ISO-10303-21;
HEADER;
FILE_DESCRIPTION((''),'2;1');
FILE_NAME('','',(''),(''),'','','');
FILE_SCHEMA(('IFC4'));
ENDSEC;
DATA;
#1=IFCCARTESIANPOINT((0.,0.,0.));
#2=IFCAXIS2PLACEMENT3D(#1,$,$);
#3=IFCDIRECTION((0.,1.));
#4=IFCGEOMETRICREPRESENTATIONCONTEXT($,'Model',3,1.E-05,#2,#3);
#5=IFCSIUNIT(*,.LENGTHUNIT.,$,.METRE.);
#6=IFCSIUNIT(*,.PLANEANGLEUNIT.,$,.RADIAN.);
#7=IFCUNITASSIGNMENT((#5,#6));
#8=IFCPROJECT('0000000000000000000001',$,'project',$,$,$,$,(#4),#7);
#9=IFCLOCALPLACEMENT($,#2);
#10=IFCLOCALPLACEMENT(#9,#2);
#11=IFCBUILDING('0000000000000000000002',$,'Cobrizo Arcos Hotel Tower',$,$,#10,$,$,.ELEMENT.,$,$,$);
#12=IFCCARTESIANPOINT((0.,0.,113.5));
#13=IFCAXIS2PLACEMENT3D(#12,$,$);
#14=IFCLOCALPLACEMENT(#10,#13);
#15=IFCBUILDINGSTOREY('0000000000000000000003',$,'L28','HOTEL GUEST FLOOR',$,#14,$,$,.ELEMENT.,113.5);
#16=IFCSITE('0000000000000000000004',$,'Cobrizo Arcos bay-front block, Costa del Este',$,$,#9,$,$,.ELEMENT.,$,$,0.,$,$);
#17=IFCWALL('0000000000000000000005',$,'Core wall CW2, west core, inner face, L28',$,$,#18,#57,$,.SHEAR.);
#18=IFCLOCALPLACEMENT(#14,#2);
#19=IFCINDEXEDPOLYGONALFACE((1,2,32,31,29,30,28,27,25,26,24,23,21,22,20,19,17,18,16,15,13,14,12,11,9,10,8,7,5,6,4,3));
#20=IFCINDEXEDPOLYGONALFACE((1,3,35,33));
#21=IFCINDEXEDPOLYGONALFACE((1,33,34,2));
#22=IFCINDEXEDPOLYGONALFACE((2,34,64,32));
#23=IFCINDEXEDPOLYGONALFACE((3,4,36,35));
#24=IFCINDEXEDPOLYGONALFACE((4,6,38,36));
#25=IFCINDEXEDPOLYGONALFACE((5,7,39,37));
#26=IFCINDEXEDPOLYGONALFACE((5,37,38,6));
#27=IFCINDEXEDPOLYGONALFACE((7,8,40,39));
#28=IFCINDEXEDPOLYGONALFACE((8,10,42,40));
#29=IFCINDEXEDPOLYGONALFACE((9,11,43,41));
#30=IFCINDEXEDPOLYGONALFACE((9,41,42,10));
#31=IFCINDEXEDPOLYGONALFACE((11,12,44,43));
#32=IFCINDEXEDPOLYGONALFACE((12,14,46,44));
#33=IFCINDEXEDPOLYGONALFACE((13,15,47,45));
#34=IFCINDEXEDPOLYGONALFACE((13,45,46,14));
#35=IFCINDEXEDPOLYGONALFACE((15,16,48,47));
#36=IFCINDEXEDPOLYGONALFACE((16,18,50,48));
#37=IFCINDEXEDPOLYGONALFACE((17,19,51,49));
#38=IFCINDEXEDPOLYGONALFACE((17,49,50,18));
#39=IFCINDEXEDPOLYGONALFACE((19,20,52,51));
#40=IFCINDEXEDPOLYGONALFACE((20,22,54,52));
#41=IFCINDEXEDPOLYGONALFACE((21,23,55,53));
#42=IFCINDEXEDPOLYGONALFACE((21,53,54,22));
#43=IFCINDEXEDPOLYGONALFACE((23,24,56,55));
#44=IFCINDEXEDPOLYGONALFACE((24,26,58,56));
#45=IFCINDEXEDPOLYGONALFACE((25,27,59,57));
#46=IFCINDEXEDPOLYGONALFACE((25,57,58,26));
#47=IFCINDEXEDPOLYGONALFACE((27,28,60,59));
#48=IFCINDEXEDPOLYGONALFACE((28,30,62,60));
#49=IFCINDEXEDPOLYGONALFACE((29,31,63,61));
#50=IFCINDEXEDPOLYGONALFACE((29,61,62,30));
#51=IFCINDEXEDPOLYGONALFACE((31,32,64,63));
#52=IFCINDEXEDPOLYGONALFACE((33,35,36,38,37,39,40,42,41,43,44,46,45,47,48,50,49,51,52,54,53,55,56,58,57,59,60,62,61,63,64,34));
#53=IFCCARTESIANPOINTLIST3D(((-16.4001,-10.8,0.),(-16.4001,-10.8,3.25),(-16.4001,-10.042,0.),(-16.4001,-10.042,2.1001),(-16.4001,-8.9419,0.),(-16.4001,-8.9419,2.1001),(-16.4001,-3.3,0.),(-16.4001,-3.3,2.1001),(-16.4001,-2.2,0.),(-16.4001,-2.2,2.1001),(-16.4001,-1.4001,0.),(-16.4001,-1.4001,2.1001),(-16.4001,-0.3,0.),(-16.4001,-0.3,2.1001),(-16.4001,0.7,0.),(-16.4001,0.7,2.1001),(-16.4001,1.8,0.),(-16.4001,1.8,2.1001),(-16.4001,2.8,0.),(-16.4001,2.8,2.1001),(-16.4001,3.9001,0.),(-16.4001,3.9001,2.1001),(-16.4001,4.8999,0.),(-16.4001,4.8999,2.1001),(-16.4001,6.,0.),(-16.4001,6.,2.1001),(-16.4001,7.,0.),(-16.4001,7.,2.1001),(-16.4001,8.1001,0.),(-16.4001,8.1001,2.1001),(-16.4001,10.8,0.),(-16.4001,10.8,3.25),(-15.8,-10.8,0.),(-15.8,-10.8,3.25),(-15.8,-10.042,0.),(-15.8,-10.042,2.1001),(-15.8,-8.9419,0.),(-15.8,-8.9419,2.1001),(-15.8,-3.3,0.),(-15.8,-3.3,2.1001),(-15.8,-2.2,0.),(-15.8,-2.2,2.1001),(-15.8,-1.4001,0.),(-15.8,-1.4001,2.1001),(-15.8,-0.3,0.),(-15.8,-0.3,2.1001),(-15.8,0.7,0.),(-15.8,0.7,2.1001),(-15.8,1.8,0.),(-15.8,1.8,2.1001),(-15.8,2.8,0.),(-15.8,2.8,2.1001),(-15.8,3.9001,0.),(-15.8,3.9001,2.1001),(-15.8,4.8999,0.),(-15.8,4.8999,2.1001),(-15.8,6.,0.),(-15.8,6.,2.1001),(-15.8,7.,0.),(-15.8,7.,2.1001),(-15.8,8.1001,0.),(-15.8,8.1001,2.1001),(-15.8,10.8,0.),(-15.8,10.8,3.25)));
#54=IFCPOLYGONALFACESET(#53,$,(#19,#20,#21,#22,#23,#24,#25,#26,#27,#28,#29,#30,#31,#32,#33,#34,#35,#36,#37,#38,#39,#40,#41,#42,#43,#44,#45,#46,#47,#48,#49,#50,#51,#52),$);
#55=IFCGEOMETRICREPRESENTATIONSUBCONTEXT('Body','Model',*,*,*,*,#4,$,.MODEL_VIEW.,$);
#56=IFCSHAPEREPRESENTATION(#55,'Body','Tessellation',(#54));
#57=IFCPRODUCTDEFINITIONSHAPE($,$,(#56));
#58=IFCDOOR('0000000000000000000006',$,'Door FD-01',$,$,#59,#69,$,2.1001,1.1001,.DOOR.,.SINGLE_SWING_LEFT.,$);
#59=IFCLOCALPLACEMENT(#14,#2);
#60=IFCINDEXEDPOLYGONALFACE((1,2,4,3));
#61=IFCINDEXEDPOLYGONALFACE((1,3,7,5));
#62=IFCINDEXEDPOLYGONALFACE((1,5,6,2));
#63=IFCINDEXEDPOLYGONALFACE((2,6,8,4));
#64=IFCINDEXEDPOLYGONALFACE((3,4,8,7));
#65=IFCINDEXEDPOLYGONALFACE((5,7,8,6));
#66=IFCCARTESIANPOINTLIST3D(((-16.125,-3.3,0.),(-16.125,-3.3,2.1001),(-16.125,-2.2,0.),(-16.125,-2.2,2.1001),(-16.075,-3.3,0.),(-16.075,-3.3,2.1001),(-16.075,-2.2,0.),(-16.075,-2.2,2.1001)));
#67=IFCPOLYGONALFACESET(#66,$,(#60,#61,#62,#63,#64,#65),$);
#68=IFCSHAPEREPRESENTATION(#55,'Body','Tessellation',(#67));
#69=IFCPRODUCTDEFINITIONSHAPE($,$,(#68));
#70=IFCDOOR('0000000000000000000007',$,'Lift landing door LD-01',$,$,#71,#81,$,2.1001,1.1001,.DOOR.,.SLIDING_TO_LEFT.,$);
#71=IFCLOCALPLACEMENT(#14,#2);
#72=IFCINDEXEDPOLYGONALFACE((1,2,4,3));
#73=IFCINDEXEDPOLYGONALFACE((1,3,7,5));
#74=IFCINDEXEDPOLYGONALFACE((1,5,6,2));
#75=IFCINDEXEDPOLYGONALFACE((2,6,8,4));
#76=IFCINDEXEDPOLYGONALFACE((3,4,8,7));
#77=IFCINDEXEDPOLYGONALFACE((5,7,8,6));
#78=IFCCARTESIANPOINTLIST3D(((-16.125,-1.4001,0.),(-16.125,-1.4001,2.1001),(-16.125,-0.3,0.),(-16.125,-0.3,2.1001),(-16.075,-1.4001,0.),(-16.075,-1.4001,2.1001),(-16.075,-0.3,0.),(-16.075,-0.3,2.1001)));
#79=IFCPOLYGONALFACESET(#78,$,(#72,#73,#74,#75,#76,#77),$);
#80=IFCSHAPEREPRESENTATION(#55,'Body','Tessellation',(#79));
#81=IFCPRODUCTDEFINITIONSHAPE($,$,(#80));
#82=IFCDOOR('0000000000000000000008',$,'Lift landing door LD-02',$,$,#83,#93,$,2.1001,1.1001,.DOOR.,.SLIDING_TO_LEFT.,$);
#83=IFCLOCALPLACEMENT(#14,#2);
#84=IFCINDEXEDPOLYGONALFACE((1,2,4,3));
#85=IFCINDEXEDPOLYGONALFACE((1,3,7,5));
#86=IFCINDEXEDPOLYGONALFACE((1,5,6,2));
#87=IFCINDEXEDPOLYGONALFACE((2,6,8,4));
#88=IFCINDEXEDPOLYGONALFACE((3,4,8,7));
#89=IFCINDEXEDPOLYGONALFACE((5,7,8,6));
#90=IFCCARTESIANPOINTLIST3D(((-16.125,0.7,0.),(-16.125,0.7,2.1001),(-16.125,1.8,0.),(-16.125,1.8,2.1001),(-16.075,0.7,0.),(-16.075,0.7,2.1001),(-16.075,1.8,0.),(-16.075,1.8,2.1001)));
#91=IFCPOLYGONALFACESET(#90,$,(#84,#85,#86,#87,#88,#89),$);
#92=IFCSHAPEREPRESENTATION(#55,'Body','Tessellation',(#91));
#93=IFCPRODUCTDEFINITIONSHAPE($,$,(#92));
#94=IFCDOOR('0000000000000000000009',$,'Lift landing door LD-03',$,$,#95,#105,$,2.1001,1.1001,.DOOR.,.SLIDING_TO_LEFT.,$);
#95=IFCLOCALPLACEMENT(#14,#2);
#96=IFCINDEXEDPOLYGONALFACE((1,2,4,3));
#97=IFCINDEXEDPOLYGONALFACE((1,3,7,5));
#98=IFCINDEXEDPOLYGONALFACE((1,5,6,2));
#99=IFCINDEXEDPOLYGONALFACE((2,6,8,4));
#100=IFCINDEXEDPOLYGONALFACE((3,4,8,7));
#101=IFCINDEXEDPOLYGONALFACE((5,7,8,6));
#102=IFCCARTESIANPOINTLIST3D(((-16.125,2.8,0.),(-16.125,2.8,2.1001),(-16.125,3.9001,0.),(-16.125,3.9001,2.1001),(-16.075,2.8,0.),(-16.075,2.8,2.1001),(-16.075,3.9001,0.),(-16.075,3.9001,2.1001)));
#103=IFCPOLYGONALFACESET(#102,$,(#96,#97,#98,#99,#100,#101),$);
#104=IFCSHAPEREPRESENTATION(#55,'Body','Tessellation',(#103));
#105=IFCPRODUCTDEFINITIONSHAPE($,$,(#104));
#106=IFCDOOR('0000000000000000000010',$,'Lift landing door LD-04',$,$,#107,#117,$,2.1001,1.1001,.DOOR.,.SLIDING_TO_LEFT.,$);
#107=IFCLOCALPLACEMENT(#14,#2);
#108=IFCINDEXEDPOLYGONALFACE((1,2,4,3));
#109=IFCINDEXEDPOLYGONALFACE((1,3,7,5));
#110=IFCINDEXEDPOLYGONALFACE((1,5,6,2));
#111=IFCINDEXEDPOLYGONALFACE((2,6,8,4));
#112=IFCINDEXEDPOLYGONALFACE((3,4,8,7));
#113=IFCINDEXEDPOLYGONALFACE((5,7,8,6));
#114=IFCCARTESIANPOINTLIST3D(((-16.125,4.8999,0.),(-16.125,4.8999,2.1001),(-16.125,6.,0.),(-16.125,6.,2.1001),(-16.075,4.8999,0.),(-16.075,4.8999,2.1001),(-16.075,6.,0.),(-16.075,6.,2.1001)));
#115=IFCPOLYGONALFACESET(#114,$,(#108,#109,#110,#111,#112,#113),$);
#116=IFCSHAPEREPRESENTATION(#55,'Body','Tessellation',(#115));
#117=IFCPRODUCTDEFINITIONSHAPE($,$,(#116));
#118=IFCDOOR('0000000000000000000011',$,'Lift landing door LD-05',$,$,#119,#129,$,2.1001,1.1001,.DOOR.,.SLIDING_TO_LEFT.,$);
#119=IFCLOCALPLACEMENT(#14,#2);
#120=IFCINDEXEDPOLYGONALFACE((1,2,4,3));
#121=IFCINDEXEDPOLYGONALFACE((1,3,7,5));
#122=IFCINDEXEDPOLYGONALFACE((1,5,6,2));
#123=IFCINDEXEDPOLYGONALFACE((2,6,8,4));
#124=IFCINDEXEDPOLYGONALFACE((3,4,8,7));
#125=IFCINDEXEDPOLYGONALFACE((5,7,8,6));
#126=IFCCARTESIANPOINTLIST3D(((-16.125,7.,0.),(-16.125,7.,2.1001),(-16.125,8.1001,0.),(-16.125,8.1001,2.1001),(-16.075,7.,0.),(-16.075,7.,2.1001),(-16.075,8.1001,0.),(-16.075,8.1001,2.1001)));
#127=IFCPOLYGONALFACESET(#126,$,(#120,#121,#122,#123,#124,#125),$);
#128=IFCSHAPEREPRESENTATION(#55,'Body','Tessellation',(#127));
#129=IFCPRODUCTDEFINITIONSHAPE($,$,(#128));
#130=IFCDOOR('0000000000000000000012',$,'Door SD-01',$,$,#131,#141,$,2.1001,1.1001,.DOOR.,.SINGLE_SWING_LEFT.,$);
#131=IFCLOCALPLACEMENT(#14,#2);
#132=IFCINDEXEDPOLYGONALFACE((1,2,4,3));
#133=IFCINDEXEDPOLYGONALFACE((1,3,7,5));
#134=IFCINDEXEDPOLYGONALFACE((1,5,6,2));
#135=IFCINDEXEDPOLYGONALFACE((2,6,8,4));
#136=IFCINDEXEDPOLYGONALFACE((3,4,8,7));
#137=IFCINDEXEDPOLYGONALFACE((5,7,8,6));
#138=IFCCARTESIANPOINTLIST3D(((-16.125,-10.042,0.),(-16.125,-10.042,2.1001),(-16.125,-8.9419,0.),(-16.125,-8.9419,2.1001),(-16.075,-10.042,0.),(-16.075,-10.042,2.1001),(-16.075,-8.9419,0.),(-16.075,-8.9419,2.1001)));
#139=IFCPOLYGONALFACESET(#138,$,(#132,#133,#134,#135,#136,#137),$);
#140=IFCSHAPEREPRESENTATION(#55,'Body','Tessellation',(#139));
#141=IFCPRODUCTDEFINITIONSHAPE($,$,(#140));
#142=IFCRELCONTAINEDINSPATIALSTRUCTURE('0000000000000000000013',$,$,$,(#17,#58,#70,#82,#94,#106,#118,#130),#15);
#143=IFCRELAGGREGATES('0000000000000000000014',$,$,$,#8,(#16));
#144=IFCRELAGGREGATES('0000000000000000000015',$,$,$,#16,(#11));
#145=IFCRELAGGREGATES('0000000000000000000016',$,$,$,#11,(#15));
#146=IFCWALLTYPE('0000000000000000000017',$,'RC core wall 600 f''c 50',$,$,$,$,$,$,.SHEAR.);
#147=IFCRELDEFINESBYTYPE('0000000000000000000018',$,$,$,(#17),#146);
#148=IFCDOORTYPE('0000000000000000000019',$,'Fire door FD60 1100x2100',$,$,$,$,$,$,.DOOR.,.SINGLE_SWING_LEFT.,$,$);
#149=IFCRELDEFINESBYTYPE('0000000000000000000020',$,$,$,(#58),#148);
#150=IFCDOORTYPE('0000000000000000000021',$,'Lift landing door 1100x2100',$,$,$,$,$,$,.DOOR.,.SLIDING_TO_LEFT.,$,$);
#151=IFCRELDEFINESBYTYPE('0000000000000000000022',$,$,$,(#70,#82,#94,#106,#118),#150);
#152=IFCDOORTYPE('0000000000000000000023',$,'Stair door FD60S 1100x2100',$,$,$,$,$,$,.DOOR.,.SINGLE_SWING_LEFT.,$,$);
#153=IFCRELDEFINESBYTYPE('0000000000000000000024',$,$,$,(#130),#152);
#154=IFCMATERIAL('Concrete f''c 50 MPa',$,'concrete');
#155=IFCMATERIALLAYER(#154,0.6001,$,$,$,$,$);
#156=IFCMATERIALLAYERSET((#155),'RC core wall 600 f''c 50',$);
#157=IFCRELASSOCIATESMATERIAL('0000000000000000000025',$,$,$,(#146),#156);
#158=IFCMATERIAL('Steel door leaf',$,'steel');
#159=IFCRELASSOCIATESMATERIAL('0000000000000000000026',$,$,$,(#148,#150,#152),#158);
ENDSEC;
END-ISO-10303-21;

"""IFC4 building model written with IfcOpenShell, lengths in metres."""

from ifc_helpers import new_model, si_unit, direction, frame, frame_2d, origin, place, context, subcontext, project, spatial, rectangle, extrude, material, layer, layer_set, type_object, element, fill, save


model = new_model("IFC4")

# Units and contexts
model_context = context("Model", 3, precision=1e-05, world=origin(), true_north=direction((0.0, 1.0)))
body_context = subcontext(model_context, "Body", "Model", "MODEL_VIEW")
ifc_project = project(units=[si_unit("LENGTHUNIT", "METRE"), si_unit("PLANEANGLEUNIT", "RADIAN")], contexts=[model_context])

# Site, building, storey
site_placement = place(None, origin())
site = spatial("IfcSite", under=ifc_project, at=site_placement, Name="Cobrizo Arcos bay-front block, Costa del Este", CompositionType="ELEMENT", RefElevation=0.0)
building_placement = place(site_placement, origin())
building = spatial("IfcBuilding", under=site, at=building_placement, Name="Cobrizo Arcos Hotel Tower", CompositionType="ELEMENT")
storey_placement = place(building_placement, frame((0.0, 0.0, 113.5)))
storey = spatial("IfcBuildingStorey", under=building, at=storey_placement, Name="L28", Description="HOTEL GUEST FLOOR", CompositionType="ELEMENT", Elevation=113.5)

# Wall, openings, doors
ifc_material_1 = material(Name="Concrete f'c 50 MPa", Category="concrete")
ifc_layer_1 = layer(ifc_material_1, 0.6001)
ifc_layer_set_1 = layer_set([ifc_layer_1], Name="RC core wall 600 f'c 50")
wall_type_1 = type_object("IfcWallType", Name="RC core wall 600 f'c 50", PredefinedType="SHEAR", material=ifc_layer_set_1)
wall_1_placement = place(storey_placement, frame((-16.1001, -10.8, 0.0), z_axis=(0.0, 0.0, 1.0), x_axis=(0.0, 1.0, 0.0)))
wall_1 = element("IfcWall", 1, at=wall_1_placement, inside=storey, type_object=wall_type_1, Name="Core wall CW2, west core, inner face, L28", PredefinedType="SHEAR", context=body_context, shape_type="SweptSolid", body=[
    extrude(rectangle(XDim=21.6001, YDim=0.6001, at=frame_2d((10.8, 0.0))), origin(), (0.0, 0.0, 1.0), 3.25),
])
opening_1_placement = place(wall_1_placement, frame((9.3999, 0.0, 0.0)))
opening_1 = element("IfcOpeningElement", 2, at=opening_1_placement, cuts=wall_1, PredefinedType="OPENING", context=body_context, shape_type="SweptSolid", body=[
    extrude(rectangle(XDim=1.1001, YDim=2.1001, at=frame_2d((0.55, 1.05))), frame((0.0, 0.312, 0.0), z_axis=(0.0, -1.0, 0.0), x_axis=(1.0, 0.0, 0.0)), (0.0, 0.0, 1.0), 0.624),
])
opening_2_placement = place(wall_1_placement, frame((11.5, 0.0, 0.0)))
opening_2 = element("IfcOpeningElement", 3, at=opening_2_placement, cuts=wall_1, PredefinedType="OPENING", context=body_context, shape_type="SweptSolid", body=[
    extrude(rectangle(XDim=1.1001, YDim=2.1001, at=frame_2d((0.55, 1.05))), frame((0.0, 0.312, 0.0), z_axis=(0.0, -1.0, 0.0), x_axis=(1.0, 0.0, 0.0)), (0.0, 0.0, 1.0), 0.624),
])
opening_3_placement = place(wall_1_placement, frame((13.6001, 0.0, 0.0)))
opening_3 = element("IfcOpeningElement", 4, at=opening_3_placement, cuts=wall_1, PredefinedType="OPENING", context=body_context, shape_type="SweptSolid", body=[
    extrude(rectangle(XDim=1.1001, YDim=2.1001, at=frame_2d((0.55, 1.05))), frame((0.0, 0.312, 0.0), z_axis=(0.0, -1.0, 0.0), x_axis=(1.0, 0.0, 0.0)), (0.0, 0.0, 1.0), 0.624),
])
opening_4_placement = place(wall_1_placement, frame((15.7, 0.0, 0.0)))
opening_4 = element("IfcOpeningElement", 5, at=opening_4_placement, cuts=wall_1, PredefinedType="OPENING", context=body_context, shape_type="SweptSolid", body=[
    extrude(rectangle(XDim=1.1001, YDim=2.1001, at=frame_2d((0.55, 1.05))), frame((0.0, 0.312, 0.0), z_axis=(0.0, -1.0, 0.0), x_axis=(1.0, 0.0, 0.0)), (0.0, 0.0, 1.0), 0.624),
])
opening_5_placement = place(wall_1_placement, frame((17.8, 0.0, 0.0)))
opening_5 = element("IfcOpeningElement", 6, at=opening_5_placement, cuts=wall_1, PredefinedType="OPENING", context=body_context, shape_type="SweptSolid", body=[
    extrude(rectangle(XDim=1.1001, YDim=2.1001, at=frame_2d((0.55, 1.05))), frame((0.0, 0.312, 0.0), z_axis=(0.0, -1.0, 0.0), x_axis=(1.0, 0.0, 0.0)), (0.0, 0.0, 1.0), 0.624),
])
opening_6_placement = place(wall_1_placement, frame((0.7581, 0.0, 0.0)))
opening_6 = element("IfcOpeningElement", 7, at=opening_6_placement, cuts=wall_1, PredefinedType="OPENING", context=body_context, shape_type="SweptSolid", body=[
    extrude(rectangle(XDim=1.1001, YDim=2.1001, at=frame_2d((0.55, 1.05))), frame((0.0, 0.312, 0.0), z_axis=(0.0, -1.0, 0.0), x_axis=(1.0, 0.0, 0.0)), (0.0, 0.0, 1.0), 0.624),
])
opening_7_placement = place(wall_1_placement, frame((7.5, 0.0, 0.0)))
opening_7 = element("IfcOpeningElement", 8, at=opening_7_placement, cuts=wall_1, PredefinedType="OPENING", context=body_context, shape_type="SweptSolid", body=[
    extrude(rectangle(XDim=1.1001, YDim=2.1001, at=frame_2d((0.55, 1.05))), frame((0.0, 0.312, 0.0), z_axis=(0.0, -1.0, 0.0), x_axis=(1.0, 0.0, 0.0)), (0.0, 0.0, 1.0), 0.624),
])
ifc_material_2 = material(Name="Steel door leaf", Category="steel")
door_type_1 = type_object("IfcDoorType", Name="Fire door FD60 1100x2100", OperationType="SINGLE_SWING_LEFT", PredefinedType="DOOR", material=ifc_material_2)
door_1_placement = place(opening_7_placement, origin())
door_1 = element("IfcDoor", 9, at=door_1_placement, inside=storey, type_object=door_type_1, Name="Door FD-01", OperationType="SINGLE_SWING_LEFT", OverallHeight=2.1001, OverallWidth=1.1001, PredefinedType="DOOR", context=body_context, shape_type="SweptSolid", body=[
    extrude(rectangle(XDim=1.1001, YDim=2.1001, at=frame_2d((0.55, 1.05))), frame((0.0, 0.0249, 0.0), z_axis=(0.0, -1.0, 0.0), x_axis=(1.0, 0.0, 0.0)), (0.0, 0.0, 1.0), 0.05),
])
fill(opening_7, door_1)
door_type_2 = type_object("IfcDoorType", Name="Lift landing door 1100x2100", OperationType="SLIDING_TO_LEFT", PredefinedType="DOOR", material=ifc_material_2)
door_2_placement = place(opening_1_placement, origin())
door_2 = element("IfcDoor", 10, at=door_2_placement, inside=storey, type_object=door_type_2, Name="Lift landing door LD-01", OperationType="SLIDING_TO_LEFT", OverallHeight=2.1001, OverallWidth=1.1001, PredefinedType="DOOR", context=body_context, shape_type="SweptSolid", body=[
    extrude(rectangle(XDim=1.1001, YDim=2.1001, at=frame_2d((0.55, 1.05))), frame((0.0, 0.0249, 0.0), z_axis=(0.0, -1.0, 0.0), x_axis=(1.0, 0.0, 0.0)), (0.0, 0.0, 1.0), 0.05),
])
fill(opening_1, door_2)
door_3_placement = place(opening_2_placement, origin())
door_3 = element("IfcDoor", 11, at=door_3_placement, inside=storey, type_object=door_type_2, Name="Lift landing door LD-02", OperationType="SLIDING_TO_LEFT", OverallHeight=2.1001, OverallWidth=1.1001, PredefinedType="DOOR", context=body_context, shape_type="SweptSolid", body=[
    extrude(rectangle(XDim=1.1001, YDim=2.1001, at=frame_2d((0.55, 1.05))), frame((0.0, 0.0249, 0.0), z_axis=(0.0, -1.0, 0.0), x_axis=(1.0, 0.0, 0.0)), (0.0, 0.0, 1.0), 0.05),
])
fill(opening_2, door_3)
door_4_placement = place(opening_3_placement, origin())
door_4 = element("IfcDoor", 12, at=door_4_placement, inside=storey, type_object=door_type_2, Name="Lift landing door LD-03", OperationType="SLIDING_TO_LEFT", OverallHeight=2.1001, OverallWidth=1.1001, PredefinedType="DOOR", context=body_context, shape_type="SweptSolid", body=[
    extrude(rectangle(XDim=1.1001, YDim=2.1001, at=frame_2d((0.55, 1.05))), frame((0.0, 0.0249, 0.0), z_axis=(0.0, -1.0, 0.0), x_axis=(1.0, 0.0, 0.0)), (0.0, 0.0, 1.0), 0.05),
])
fill(opening_3, door_4)
door_5_placement = place(opening_4_placement, origin())
door_5 = element("IfcDoor", 13, at=door_5_placement, inside=storey, type_object=door_type_2, Name="Lift landing door LD-04", OperationType="SLIDING_TO_LEFT", OverallHeight=2.1001, OverallWidth=1.1001, PredefinedType="DOOR", context=body_context, shape_type="SweptSolid", body=[
    extrude(rectangle(XDim=1.1001, YDim=2.1001, at=frame_2d((0.55, 1.05))), frame((0.0, 0.0249, 0.0), z_axis=(0.0, -1.0, 0.0), x_axis=(1.0, 0.0, 0.0)), (0.0, 0.0, 1.0), 0.05),
])
fill(opening_4, door_5)
door_6_placement = place(opening_5_placement, origin())
door_6 = element("IfcDoor", 14, at=door_6_placement, inside=storey, type_object=door_type_2, Name="Lift landing door LD-05", OperationType="SLIDING_TO_LEFT", OverallHeight=2.1001, OverallWidth=1.1001, PredefinedType="DOOR", context=body_context, shape_type="SweptSolid", body=[
    extrude(rectangle(XDim=1.1001, YDim=2.1001, at=frame_2d((0.55, 1.05))), frame((0.0, 0.0249, 0.0), z_axis=(0.0, -1.0, 0.0), x_axis=(1.0, 0.0, 0.0)), (0.0, 0.0, 1.0), 0.05),
])
fill(opening_5, door_6)
door_type_3 = type_object("IfcDoorType", Name="Stair door FD60S 1100x2100", OperationType="SINGLE_SWING_LEFT", PredefinedType="DOOR", material=ifc_material_2)
door_7_placement = place(opening_6_placement, origin())
door_7 = element("IfcDoor", 15, at=door_7_placement, inside=storey, type_object=door_type_3, Name="Door SD-01", OperationType="SINGLE_SWING_LEFT", OverallHeight=2.1001, OverallWidth=1.1001, PredefinedType="DOOR", context=body_context, shape_type="SweptSolid", body=[
    extrude(rectangle(XDim=1.1001, YDim=2.1001, at=frame_2d((0.55, 1.05))), frame((0.0, 0.0249, 0.0), z_axis=(0.0, -1.0, 0.0), x_axis=(1.0, 0.0, 0.0)), (0.0, 0.0, 1.0), 0.05),
])
fill(opening_6, door_7)

save(model, "model.ifc")
